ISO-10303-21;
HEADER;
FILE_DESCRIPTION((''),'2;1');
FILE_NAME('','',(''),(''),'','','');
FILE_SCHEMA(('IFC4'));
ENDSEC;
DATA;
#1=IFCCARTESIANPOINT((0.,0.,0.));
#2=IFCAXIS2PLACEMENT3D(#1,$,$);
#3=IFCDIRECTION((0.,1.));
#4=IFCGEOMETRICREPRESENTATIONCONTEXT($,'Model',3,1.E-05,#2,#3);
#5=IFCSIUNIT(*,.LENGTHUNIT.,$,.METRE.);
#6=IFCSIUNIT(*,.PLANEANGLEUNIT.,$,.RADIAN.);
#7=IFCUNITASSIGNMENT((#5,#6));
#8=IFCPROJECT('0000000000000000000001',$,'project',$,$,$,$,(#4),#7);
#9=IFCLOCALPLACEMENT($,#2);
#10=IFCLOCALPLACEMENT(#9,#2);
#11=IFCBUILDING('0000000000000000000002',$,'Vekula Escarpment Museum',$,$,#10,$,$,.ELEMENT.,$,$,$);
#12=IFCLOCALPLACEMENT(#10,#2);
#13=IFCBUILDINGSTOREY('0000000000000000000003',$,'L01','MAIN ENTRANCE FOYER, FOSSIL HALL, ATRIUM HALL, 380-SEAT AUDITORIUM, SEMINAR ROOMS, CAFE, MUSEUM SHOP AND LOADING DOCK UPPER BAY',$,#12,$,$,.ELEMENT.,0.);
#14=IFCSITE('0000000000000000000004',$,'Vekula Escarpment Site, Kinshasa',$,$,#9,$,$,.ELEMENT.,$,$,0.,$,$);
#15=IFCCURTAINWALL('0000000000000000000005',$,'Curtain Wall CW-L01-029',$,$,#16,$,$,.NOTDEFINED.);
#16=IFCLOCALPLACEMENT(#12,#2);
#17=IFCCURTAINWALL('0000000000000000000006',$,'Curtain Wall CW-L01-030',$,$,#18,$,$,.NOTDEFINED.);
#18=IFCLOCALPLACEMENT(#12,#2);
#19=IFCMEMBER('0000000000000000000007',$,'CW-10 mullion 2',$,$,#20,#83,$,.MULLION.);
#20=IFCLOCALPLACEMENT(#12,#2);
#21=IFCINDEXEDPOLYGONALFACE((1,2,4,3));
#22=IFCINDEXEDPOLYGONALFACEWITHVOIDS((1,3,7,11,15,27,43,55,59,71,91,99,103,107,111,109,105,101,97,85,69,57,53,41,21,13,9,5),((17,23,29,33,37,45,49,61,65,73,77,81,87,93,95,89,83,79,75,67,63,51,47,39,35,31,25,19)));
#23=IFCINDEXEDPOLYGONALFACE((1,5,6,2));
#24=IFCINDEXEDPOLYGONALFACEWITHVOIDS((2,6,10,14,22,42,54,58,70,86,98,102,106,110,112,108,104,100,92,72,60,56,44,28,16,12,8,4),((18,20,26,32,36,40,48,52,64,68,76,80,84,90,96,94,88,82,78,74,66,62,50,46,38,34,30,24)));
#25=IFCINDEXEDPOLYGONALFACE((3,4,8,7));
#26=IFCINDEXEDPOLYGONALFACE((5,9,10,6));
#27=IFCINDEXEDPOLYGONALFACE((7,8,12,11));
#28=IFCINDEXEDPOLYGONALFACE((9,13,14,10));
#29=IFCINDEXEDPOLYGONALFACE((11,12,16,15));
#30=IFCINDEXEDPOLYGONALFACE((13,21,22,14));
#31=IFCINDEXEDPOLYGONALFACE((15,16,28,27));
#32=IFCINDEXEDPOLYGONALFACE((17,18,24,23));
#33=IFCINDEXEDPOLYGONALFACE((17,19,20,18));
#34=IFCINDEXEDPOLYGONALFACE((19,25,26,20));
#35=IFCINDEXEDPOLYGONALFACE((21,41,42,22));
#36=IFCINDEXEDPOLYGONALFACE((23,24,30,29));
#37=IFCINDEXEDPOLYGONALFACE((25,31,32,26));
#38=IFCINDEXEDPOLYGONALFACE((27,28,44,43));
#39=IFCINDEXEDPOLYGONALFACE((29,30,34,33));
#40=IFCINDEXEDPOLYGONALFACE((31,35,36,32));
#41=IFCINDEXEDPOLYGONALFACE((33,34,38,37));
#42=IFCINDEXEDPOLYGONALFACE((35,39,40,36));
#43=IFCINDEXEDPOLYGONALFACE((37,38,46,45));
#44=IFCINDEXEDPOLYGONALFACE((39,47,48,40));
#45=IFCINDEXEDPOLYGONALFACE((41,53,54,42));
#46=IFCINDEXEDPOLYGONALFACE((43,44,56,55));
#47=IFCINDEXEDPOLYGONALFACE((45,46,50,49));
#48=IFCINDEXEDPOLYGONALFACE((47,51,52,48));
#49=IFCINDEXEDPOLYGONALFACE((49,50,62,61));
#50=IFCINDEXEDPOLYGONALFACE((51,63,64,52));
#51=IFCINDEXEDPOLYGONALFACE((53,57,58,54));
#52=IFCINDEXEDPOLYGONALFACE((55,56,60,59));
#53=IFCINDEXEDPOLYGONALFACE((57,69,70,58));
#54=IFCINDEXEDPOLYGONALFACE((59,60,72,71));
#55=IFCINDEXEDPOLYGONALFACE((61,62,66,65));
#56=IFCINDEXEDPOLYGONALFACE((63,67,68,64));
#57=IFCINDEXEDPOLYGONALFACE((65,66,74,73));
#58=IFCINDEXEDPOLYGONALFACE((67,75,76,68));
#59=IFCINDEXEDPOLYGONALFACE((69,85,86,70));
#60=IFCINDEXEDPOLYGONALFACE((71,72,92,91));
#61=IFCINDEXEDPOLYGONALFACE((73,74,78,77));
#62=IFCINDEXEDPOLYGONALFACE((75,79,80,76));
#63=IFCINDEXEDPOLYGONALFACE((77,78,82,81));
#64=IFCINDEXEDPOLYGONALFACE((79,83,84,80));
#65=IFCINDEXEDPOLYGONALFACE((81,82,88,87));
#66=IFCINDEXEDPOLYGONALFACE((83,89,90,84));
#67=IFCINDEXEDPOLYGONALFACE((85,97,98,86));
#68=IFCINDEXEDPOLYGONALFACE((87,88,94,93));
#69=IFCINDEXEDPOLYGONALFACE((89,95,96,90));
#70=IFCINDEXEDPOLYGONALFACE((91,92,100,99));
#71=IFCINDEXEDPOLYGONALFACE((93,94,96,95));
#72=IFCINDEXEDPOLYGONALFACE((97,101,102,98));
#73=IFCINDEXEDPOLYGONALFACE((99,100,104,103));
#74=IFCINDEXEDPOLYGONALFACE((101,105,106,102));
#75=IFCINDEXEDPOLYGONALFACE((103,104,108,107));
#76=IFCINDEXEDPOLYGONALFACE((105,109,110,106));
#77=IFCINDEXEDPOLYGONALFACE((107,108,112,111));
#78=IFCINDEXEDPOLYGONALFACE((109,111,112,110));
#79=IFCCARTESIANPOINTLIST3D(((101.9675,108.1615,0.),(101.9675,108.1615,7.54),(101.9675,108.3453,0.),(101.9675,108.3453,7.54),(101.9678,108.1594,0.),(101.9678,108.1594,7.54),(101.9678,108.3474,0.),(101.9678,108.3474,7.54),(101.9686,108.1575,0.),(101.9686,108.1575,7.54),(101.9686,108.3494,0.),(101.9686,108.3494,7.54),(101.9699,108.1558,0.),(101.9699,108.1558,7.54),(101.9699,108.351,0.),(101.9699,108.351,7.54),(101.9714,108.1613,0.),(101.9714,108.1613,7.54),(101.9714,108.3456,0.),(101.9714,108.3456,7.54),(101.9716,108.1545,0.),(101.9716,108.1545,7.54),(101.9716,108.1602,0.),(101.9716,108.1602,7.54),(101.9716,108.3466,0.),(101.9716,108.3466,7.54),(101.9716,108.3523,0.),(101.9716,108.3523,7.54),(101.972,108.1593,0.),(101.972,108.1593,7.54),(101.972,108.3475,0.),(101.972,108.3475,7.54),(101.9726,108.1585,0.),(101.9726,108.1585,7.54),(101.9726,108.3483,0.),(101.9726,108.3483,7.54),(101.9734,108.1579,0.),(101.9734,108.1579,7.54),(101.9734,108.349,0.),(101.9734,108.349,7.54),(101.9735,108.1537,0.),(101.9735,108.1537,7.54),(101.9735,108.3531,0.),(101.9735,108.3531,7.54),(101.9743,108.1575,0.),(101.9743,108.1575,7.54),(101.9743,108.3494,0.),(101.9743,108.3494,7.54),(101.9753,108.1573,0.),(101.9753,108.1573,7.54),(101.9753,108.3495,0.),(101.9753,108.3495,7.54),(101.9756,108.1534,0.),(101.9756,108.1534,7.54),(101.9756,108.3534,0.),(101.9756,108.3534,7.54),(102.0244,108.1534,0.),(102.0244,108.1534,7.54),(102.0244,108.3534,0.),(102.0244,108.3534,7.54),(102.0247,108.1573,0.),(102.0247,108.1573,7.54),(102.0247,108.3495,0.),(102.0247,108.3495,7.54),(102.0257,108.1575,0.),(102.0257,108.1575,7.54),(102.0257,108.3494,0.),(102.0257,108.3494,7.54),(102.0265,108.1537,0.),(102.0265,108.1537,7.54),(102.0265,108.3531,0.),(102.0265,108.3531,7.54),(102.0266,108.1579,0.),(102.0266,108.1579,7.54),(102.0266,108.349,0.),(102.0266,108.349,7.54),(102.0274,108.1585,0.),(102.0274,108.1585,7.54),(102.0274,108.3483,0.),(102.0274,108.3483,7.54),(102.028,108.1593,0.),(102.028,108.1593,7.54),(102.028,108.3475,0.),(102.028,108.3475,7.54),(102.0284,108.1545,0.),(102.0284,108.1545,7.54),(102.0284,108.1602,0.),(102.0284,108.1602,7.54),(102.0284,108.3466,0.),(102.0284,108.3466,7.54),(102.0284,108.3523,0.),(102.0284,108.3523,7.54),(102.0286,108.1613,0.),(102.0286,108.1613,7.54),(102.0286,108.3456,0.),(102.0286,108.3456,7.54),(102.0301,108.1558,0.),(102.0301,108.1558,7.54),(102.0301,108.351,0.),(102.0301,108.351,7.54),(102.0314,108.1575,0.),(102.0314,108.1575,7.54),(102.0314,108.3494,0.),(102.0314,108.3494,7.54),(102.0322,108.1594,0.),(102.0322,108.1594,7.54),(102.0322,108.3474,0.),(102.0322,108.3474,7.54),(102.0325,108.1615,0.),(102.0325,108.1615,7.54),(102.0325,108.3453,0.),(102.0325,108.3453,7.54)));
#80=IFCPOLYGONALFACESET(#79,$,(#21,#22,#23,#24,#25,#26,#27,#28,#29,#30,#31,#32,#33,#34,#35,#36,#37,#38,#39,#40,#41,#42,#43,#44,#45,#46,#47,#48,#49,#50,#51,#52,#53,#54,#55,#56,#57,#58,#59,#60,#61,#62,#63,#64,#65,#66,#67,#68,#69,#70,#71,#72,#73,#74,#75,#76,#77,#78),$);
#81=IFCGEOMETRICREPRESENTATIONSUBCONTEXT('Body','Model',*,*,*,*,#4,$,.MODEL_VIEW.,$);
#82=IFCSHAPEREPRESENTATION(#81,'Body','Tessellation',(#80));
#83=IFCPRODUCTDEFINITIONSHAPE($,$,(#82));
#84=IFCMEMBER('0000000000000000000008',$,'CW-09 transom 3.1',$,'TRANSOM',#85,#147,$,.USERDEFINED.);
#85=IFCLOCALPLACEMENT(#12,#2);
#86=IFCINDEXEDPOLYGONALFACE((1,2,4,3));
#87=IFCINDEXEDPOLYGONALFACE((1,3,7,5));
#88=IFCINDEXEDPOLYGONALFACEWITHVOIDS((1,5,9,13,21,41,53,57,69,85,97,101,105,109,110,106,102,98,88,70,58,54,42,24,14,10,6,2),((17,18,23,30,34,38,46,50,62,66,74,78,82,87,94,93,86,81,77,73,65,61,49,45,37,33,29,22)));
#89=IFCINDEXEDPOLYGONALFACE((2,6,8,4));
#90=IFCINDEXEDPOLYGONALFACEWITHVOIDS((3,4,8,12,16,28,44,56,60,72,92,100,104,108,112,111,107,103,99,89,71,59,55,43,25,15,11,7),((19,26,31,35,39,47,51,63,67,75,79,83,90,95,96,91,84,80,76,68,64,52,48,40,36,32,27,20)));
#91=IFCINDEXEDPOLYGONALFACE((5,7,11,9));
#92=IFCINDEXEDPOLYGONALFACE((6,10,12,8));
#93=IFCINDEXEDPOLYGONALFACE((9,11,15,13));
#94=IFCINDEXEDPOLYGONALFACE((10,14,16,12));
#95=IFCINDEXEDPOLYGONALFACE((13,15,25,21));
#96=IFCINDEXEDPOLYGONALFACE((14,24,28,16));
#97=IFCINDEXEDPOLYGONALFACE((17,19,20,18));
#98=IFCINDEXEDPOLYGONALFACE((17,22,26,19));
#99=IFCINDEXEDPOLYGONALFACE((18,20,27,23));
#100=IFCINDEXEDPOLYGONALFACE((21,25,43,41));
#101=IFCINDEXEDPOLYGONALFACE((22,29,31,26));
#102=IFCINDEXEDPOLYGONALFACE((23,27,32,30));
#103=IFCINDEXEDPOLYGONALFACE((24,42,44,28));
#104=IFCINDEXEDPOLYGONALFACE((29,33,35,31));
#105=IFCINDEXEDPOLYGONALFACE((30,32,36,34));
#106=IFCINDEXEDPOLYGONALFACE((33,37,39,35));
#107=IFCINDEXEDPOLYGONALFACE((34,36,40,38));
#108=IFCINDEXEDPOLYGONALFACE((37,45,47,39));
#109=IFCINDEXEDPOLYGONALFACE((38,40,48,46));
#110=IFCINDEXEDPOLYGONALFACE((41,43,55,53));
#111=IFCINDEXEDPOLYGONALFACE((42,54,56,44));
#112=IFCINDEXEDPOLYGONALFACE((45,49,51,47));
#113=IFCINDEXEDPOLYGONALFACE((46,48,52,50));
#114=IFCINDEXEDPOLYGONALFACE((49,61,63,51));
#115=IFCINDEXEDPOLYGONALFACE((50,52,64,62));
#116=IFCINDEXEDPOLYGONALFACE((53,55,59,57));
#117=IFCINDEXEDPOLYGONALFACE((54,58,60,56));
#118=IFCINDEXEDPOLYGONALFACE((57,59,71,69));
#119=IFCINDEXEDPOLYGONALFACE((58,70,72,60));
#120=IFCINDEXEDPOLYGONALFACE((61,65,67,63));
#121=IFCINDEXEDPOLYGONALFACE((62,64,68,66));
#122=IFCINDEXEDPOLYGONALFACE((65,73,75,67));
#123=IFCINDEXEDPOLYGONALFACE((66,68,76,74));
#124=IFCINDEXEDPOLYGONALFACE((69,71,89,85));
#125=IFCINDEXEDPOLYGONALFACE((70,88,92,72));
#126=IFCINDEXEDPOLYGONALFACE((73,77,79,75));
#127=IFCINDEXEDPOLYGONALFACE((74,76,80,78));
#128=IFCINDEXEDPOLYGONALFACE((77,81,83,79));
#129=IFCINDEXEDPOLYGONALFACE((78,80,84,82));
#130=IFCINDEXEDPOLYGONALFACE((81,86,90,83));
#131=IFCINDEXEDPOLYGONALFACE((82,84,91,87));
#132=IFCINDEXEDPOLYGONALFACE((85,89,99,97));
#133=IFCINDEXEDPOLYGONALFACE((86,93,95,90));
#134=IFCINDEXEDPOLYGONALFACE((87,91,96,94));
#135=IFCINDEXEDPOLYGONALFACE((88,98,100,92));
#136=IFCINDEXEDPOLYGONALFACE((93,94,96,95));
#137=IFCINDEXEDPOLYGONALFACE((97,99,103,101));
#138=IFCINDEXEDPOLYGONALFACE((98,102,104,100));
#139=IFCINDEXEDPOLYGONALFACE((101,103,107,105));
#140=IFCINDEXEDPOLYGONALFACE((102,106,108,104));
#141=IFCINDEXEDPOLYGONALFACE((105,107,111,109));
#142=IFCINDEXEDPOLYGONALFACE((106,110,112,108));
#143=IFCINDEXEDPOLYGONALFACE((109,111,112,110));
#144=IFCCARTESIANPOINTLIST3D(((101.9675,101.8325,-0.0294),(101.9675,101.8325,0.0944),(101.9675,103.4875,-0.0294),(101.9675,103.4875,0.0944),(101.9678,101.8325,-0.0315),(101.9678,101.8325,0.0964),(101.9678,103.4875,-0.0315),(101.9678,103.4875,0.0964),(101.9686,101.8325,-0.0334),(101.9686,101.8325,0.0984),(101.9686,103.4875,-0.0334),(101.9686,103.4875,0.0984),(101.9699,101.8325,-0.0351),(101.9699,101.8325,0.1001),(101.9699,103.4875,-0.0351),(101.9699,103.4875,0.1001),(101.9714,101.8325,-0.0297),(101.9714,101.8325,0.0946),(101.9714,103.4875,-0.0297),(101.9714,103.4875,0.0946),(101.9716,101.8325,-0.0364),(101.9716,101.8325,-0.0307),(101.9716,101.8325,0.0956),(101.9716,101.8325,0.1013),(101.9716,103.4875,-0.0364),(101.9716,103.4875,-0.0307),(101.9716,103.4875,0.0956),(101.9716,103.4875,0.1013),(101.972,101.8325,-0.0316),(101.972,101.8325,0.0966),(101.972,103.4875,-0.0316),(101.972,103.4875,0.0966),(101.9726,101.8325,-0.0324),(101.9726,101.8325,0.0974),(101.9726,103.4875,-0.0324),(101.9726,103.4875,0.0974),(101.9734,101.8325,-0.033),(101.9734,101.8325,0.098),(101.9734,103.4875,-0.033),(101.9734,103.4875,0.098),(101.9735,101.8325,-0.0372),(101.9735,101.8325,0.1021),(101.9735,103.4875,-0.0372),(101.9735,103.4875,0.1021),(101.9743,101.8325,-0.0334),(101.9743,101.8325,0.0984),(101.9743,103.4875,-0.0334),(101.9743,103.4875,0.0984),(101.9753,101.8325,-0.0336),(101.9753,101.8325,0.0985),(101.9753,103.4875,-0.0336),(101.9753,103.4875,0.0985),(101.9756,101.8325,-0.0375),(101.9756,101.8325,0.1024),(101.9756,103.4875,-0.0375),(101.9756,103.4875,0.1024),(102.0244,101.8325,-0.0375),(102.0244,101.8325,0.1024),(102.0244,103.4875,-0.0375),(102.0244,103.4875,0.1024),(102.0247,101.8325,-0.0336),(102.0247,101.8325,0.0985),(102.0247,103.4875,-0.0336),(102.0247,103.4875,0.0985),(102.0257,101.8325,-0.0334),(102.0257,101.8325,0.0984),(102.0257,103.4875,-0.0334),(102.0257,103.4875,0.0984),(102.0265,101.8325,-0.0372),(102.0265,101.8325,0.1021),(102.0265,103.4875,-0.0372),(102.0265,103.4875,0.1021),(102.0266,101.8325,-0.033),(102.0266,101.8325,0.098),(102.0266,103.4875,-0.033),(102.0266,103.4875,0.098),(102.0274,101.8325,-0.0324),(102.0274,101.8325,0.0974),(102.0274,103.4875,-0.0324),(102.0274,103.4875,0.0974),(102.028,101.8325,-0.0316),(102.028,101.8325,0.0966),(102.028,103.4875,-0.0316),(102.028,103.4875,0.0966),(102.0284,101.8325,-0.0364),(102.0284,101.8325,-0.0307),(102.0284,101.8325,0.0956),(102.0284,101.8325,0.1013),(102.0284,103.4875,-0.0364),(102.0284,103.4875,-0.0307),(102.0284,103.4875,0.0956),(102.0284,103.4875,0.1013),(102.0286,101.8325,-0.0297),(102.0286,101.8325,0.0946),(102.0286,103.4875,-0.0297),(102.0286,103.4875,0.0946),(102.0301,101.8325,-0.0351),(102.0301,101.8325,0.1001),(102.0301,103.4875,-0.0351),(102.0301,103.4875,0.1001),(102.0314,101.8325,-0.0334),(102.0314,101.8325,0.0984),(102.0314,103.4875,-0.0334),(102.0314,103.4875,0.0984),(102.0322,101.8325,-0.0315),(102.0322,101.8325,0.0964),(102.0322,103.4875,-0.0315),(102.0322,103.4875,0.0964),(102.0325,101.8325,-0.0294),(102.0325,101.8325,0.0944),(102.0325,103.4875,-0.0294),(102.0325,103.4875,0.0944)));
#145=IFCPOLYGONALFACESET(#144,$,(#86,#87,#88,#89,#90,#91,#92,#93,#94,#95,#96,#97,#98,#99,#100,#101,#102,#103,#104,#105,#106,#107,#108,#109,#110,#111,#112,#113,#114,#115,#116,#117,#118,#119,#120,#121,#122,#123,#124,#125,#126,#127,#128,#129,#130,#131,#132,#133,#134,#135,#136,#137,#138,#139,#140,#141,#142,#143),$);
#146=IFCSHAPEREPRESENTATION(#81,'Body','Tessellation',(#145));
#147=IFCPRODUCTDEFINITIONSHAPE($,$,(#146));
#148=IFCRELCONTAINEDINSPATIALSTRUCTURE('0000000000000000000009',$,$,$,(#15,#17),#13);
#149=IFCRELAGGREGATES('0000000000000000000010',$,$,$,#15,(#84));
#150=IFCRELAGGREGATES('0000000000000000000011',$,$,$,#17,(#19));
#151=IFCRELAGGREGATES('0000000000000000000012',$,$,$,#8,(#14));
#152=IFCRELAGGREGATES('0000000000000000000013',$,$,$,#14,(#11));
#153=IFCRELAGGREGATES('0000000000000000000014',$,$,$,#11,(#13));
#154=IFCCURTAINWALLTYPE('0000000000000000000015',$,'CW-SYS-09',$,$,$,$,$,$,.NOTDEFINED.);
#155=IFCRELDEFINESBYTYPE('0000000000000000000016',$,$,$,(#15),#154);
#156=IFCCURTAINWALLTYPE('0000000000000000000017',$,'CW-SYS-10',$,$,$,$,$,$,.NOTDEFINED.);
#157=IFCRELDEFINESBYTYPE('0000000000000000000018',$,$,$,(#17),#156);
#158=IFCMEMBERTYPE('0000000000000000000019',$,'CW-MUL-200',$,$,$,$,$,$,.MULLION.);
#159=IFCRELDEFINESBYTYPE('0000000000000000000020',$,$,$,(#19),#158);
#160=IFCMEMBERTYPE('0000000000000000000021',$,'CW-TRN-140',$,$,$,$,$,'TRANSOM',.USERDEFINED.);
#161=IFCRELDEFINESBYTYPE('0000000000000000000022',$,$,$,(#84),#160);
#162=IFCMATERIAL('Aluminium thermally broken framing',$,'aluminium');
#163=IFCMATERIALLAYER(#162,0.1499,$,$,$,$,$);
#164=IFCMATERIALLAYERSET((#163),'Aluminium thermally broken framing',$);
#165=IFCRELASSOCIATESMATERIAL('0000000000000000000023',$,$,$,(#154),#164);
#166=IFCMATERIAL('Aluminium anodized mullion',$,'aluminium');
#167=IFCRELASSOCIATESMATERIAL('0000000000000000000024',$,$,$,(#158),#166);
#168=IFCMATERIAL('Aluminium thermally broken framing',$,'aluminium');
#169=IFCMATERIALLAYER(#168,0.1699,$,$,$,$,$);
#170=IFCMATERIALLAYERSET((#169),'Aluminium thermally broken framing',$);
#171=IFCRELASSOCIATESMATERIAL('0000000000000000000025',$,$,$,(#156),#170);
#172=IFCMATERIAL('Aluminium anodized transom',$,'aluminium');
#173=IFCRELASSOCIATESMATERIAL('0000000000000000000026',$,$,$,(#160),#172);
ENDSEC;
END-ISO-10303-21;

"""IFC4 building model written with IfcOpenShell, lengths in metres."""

from ifc_helpers import new_model, si_unit, direction, frame, origin, origin_2d, place, context, subcontext, project, spatial, hollow_rectangle, extrude, material, layer, layer_set, material_profile, profile_set, type_object, element, aggregate, save


model = new_model("IFC4")

# Units and contexts
model_context = context("Model", 3, precision=1e-05, world=origin(), true_north=direction((0.0, 1.0)))
body_context = subcontext(model_context, "Body", "Model", "MODEL_VIEW")
ifc_project = project(units=[si_unit("LENGTHUNIT", "METRE"), si_unit("PLANEANGLEUNIT", "RADIAN")], contexts=[model_context])

# Site, building, storey
site_placement = place(None, origin())
site = spatial("IfcSite", under=ifc_project, at=site_placement, Name="Vekula Escarpment Site, Kinshasa", CompositionType="ELEMENT", RefElevation=0.0)
building_placement = place(site_placement, origin())
building = spatial("IfcBuilding", under=site, at=building_placement, Name="Vekula Escarpment Museum", CompositionType="ELEMENT")
storey_placement = place(building_placement, origin())
storey = spatial("IfcBuildingStorey", under=building, at=storey_placement, Name="L01", Description="MAIN ENTRANCE FOYER, FOSSIL HALL, ATRIUM HALL, 380-SEAT AUDITORIUM, SEMINAR ROOMS, CAFE, MUSEUM SHOP AND LOADING DOCK UPPER BAY", CompositionType="ELEMENT", Elevation=0.0)

# Curtain walls, member
ifc_material_1 = material(Name="Aluminium thermally broken framing", Category="aluminium")
ifc_layer_1 = layer(ifc_material_1, 0.1499)
ifc_layer_set_1 = layer_set([ifc_layer_1], Name="Aluminium thermally broken framing")
curtain_wall_type_1 = type_object("IfcCurtainWallType", Name="CW-SYS-09", PredefinedType="NOTDEFINED", material=ifc_layer_set_1)
curtain_wall_1_placement = place(storey_placement, origin())
curtain_wall_1 = element("IfcCurtainWall", 1, at=curtain_wall_1_placement, inside=storey, type_object=curtain_wall_type_1, Name="Curtain Wall CW-L01-029", PredefinedType="NOTDEFINED")
ifc_material_2 = material(Name="Aluminium anodized mullion", Category="aluminium")
ifc_material_profile_1 = material_profile(ifc_material_2, hollow_rectangle(XDim=0.0649, YDim=0.2, WallThickness=0.0039, InnerFilletRadius=0.0039, OuterFilletRadius=0.0081, at=origin_2d()), Name="ALU 200x65x4")
ifc_profile_set_1 = profile_set([ifc_material_profile_1], Name="Aluminium anodized mullion")
member_type_1 = type_object("IfcMemberType", Name="CW-MUL-200", PredefinedType="MULLION", material=ifc_profile_set_1)
ifc_material_3 = material(Name="Aluminium thermally broken framing", Category="aluminium")
ifc_layer_2 = layer(ifc_material_3, 0.1699)
ifc_layer_set_2 = layer_set([ifc_layer_2], Name="Aluminium thermally broken framing")
curtain_wall_type_2 = type_object("IfcCurtainWallType", Name="CW-SYS-10", PredefinedType="NOTDEFINED", material=ifc_layer_set_2)
curtain_wall_2_placement = place(storey_placement, origin())
curtain_wall_2 = element("IfcCurtainWall", 2, at=curtain_wall_2_placement, inside=storey, type_object=curtain_wall_type_2, Name="Curtain Wall CW-L01-030", PredefinedType="NOTDEFINED")
member_1_placement = place(storey_placement, frame((102.0, 108.2534, 0.0), z_axis=(0.0, 0.0, 1.0), x_axis=(-1.0, 0.0, 0.0)))
member_1 = element("IfcMember", 3, at=member_1_placement, type_object=member_type_1, Name="CW-10 mullion 2", PredefinedType="MULLION", context=body_context, shape_type="SweptSolid", body=[
    extrude(hollow_rectangle(XDim=0.0649, YDim=0.2, WallThickness=0.0039, InnerFilletRadius=0.0039, OuterFilletRadius=0.0081, at=origin_2d()), origin(), (0.0, 0.0, 1.0), 7.54),
])

# Member
ifc_material_4 = material(Name="Aluminium anodized transom", Category="aluminium")
ifc_material_profile_2 = material_profile(ifc_material_4, hollow_rectangle(XDim=0.0649, YDim=0.1399, WallThickness=0.0039, InnerFilletRadius=0.0039, OuterFilletRadius=0.0081, at=origin_2d()), Name="ALU 140x65x4")
ifc_profile_set_2 = profile_set([ifc_material_profile_2], Name="Aluminium anodized transom")
member_type_2 = type_object("IfcMemberType", Name="CW-TRN-140", ElementType="TRANSOM", PredefinedType="USERDEFINED", material=ifc_profile_set_2)
member_2_placement = place(storey_placement, frame((102.0, 101.8325, 0.0325), z_axis=(0.0, 1.0, 0.0), x_axis=(-1.0, 0.0, 0.0)))
member_2 = element("IfcMember", 4, at=member_2_placement, type_object=member_type_2, Name="CW-09 transom 3.1", ObjectType="TRANSOM", PredefinedType="USERDEFINED", context=body_context, shape_type="SweptSolid", body=[
    extrude(hollow_rectangle(XDim=0.0649, YDim=0.1399, WallThickness=0.0039, InnerFilletRadius=0.0039, OuterFilletRadius=0.0081, at=origin_2d()), origin(), (0.0, 0.0, 1.0), 1.655),
])

aggregate(curtain_wall_1, [member_2])
aggregate(curtain_wall_2, [member_1])

save(model, "model.ifc")
